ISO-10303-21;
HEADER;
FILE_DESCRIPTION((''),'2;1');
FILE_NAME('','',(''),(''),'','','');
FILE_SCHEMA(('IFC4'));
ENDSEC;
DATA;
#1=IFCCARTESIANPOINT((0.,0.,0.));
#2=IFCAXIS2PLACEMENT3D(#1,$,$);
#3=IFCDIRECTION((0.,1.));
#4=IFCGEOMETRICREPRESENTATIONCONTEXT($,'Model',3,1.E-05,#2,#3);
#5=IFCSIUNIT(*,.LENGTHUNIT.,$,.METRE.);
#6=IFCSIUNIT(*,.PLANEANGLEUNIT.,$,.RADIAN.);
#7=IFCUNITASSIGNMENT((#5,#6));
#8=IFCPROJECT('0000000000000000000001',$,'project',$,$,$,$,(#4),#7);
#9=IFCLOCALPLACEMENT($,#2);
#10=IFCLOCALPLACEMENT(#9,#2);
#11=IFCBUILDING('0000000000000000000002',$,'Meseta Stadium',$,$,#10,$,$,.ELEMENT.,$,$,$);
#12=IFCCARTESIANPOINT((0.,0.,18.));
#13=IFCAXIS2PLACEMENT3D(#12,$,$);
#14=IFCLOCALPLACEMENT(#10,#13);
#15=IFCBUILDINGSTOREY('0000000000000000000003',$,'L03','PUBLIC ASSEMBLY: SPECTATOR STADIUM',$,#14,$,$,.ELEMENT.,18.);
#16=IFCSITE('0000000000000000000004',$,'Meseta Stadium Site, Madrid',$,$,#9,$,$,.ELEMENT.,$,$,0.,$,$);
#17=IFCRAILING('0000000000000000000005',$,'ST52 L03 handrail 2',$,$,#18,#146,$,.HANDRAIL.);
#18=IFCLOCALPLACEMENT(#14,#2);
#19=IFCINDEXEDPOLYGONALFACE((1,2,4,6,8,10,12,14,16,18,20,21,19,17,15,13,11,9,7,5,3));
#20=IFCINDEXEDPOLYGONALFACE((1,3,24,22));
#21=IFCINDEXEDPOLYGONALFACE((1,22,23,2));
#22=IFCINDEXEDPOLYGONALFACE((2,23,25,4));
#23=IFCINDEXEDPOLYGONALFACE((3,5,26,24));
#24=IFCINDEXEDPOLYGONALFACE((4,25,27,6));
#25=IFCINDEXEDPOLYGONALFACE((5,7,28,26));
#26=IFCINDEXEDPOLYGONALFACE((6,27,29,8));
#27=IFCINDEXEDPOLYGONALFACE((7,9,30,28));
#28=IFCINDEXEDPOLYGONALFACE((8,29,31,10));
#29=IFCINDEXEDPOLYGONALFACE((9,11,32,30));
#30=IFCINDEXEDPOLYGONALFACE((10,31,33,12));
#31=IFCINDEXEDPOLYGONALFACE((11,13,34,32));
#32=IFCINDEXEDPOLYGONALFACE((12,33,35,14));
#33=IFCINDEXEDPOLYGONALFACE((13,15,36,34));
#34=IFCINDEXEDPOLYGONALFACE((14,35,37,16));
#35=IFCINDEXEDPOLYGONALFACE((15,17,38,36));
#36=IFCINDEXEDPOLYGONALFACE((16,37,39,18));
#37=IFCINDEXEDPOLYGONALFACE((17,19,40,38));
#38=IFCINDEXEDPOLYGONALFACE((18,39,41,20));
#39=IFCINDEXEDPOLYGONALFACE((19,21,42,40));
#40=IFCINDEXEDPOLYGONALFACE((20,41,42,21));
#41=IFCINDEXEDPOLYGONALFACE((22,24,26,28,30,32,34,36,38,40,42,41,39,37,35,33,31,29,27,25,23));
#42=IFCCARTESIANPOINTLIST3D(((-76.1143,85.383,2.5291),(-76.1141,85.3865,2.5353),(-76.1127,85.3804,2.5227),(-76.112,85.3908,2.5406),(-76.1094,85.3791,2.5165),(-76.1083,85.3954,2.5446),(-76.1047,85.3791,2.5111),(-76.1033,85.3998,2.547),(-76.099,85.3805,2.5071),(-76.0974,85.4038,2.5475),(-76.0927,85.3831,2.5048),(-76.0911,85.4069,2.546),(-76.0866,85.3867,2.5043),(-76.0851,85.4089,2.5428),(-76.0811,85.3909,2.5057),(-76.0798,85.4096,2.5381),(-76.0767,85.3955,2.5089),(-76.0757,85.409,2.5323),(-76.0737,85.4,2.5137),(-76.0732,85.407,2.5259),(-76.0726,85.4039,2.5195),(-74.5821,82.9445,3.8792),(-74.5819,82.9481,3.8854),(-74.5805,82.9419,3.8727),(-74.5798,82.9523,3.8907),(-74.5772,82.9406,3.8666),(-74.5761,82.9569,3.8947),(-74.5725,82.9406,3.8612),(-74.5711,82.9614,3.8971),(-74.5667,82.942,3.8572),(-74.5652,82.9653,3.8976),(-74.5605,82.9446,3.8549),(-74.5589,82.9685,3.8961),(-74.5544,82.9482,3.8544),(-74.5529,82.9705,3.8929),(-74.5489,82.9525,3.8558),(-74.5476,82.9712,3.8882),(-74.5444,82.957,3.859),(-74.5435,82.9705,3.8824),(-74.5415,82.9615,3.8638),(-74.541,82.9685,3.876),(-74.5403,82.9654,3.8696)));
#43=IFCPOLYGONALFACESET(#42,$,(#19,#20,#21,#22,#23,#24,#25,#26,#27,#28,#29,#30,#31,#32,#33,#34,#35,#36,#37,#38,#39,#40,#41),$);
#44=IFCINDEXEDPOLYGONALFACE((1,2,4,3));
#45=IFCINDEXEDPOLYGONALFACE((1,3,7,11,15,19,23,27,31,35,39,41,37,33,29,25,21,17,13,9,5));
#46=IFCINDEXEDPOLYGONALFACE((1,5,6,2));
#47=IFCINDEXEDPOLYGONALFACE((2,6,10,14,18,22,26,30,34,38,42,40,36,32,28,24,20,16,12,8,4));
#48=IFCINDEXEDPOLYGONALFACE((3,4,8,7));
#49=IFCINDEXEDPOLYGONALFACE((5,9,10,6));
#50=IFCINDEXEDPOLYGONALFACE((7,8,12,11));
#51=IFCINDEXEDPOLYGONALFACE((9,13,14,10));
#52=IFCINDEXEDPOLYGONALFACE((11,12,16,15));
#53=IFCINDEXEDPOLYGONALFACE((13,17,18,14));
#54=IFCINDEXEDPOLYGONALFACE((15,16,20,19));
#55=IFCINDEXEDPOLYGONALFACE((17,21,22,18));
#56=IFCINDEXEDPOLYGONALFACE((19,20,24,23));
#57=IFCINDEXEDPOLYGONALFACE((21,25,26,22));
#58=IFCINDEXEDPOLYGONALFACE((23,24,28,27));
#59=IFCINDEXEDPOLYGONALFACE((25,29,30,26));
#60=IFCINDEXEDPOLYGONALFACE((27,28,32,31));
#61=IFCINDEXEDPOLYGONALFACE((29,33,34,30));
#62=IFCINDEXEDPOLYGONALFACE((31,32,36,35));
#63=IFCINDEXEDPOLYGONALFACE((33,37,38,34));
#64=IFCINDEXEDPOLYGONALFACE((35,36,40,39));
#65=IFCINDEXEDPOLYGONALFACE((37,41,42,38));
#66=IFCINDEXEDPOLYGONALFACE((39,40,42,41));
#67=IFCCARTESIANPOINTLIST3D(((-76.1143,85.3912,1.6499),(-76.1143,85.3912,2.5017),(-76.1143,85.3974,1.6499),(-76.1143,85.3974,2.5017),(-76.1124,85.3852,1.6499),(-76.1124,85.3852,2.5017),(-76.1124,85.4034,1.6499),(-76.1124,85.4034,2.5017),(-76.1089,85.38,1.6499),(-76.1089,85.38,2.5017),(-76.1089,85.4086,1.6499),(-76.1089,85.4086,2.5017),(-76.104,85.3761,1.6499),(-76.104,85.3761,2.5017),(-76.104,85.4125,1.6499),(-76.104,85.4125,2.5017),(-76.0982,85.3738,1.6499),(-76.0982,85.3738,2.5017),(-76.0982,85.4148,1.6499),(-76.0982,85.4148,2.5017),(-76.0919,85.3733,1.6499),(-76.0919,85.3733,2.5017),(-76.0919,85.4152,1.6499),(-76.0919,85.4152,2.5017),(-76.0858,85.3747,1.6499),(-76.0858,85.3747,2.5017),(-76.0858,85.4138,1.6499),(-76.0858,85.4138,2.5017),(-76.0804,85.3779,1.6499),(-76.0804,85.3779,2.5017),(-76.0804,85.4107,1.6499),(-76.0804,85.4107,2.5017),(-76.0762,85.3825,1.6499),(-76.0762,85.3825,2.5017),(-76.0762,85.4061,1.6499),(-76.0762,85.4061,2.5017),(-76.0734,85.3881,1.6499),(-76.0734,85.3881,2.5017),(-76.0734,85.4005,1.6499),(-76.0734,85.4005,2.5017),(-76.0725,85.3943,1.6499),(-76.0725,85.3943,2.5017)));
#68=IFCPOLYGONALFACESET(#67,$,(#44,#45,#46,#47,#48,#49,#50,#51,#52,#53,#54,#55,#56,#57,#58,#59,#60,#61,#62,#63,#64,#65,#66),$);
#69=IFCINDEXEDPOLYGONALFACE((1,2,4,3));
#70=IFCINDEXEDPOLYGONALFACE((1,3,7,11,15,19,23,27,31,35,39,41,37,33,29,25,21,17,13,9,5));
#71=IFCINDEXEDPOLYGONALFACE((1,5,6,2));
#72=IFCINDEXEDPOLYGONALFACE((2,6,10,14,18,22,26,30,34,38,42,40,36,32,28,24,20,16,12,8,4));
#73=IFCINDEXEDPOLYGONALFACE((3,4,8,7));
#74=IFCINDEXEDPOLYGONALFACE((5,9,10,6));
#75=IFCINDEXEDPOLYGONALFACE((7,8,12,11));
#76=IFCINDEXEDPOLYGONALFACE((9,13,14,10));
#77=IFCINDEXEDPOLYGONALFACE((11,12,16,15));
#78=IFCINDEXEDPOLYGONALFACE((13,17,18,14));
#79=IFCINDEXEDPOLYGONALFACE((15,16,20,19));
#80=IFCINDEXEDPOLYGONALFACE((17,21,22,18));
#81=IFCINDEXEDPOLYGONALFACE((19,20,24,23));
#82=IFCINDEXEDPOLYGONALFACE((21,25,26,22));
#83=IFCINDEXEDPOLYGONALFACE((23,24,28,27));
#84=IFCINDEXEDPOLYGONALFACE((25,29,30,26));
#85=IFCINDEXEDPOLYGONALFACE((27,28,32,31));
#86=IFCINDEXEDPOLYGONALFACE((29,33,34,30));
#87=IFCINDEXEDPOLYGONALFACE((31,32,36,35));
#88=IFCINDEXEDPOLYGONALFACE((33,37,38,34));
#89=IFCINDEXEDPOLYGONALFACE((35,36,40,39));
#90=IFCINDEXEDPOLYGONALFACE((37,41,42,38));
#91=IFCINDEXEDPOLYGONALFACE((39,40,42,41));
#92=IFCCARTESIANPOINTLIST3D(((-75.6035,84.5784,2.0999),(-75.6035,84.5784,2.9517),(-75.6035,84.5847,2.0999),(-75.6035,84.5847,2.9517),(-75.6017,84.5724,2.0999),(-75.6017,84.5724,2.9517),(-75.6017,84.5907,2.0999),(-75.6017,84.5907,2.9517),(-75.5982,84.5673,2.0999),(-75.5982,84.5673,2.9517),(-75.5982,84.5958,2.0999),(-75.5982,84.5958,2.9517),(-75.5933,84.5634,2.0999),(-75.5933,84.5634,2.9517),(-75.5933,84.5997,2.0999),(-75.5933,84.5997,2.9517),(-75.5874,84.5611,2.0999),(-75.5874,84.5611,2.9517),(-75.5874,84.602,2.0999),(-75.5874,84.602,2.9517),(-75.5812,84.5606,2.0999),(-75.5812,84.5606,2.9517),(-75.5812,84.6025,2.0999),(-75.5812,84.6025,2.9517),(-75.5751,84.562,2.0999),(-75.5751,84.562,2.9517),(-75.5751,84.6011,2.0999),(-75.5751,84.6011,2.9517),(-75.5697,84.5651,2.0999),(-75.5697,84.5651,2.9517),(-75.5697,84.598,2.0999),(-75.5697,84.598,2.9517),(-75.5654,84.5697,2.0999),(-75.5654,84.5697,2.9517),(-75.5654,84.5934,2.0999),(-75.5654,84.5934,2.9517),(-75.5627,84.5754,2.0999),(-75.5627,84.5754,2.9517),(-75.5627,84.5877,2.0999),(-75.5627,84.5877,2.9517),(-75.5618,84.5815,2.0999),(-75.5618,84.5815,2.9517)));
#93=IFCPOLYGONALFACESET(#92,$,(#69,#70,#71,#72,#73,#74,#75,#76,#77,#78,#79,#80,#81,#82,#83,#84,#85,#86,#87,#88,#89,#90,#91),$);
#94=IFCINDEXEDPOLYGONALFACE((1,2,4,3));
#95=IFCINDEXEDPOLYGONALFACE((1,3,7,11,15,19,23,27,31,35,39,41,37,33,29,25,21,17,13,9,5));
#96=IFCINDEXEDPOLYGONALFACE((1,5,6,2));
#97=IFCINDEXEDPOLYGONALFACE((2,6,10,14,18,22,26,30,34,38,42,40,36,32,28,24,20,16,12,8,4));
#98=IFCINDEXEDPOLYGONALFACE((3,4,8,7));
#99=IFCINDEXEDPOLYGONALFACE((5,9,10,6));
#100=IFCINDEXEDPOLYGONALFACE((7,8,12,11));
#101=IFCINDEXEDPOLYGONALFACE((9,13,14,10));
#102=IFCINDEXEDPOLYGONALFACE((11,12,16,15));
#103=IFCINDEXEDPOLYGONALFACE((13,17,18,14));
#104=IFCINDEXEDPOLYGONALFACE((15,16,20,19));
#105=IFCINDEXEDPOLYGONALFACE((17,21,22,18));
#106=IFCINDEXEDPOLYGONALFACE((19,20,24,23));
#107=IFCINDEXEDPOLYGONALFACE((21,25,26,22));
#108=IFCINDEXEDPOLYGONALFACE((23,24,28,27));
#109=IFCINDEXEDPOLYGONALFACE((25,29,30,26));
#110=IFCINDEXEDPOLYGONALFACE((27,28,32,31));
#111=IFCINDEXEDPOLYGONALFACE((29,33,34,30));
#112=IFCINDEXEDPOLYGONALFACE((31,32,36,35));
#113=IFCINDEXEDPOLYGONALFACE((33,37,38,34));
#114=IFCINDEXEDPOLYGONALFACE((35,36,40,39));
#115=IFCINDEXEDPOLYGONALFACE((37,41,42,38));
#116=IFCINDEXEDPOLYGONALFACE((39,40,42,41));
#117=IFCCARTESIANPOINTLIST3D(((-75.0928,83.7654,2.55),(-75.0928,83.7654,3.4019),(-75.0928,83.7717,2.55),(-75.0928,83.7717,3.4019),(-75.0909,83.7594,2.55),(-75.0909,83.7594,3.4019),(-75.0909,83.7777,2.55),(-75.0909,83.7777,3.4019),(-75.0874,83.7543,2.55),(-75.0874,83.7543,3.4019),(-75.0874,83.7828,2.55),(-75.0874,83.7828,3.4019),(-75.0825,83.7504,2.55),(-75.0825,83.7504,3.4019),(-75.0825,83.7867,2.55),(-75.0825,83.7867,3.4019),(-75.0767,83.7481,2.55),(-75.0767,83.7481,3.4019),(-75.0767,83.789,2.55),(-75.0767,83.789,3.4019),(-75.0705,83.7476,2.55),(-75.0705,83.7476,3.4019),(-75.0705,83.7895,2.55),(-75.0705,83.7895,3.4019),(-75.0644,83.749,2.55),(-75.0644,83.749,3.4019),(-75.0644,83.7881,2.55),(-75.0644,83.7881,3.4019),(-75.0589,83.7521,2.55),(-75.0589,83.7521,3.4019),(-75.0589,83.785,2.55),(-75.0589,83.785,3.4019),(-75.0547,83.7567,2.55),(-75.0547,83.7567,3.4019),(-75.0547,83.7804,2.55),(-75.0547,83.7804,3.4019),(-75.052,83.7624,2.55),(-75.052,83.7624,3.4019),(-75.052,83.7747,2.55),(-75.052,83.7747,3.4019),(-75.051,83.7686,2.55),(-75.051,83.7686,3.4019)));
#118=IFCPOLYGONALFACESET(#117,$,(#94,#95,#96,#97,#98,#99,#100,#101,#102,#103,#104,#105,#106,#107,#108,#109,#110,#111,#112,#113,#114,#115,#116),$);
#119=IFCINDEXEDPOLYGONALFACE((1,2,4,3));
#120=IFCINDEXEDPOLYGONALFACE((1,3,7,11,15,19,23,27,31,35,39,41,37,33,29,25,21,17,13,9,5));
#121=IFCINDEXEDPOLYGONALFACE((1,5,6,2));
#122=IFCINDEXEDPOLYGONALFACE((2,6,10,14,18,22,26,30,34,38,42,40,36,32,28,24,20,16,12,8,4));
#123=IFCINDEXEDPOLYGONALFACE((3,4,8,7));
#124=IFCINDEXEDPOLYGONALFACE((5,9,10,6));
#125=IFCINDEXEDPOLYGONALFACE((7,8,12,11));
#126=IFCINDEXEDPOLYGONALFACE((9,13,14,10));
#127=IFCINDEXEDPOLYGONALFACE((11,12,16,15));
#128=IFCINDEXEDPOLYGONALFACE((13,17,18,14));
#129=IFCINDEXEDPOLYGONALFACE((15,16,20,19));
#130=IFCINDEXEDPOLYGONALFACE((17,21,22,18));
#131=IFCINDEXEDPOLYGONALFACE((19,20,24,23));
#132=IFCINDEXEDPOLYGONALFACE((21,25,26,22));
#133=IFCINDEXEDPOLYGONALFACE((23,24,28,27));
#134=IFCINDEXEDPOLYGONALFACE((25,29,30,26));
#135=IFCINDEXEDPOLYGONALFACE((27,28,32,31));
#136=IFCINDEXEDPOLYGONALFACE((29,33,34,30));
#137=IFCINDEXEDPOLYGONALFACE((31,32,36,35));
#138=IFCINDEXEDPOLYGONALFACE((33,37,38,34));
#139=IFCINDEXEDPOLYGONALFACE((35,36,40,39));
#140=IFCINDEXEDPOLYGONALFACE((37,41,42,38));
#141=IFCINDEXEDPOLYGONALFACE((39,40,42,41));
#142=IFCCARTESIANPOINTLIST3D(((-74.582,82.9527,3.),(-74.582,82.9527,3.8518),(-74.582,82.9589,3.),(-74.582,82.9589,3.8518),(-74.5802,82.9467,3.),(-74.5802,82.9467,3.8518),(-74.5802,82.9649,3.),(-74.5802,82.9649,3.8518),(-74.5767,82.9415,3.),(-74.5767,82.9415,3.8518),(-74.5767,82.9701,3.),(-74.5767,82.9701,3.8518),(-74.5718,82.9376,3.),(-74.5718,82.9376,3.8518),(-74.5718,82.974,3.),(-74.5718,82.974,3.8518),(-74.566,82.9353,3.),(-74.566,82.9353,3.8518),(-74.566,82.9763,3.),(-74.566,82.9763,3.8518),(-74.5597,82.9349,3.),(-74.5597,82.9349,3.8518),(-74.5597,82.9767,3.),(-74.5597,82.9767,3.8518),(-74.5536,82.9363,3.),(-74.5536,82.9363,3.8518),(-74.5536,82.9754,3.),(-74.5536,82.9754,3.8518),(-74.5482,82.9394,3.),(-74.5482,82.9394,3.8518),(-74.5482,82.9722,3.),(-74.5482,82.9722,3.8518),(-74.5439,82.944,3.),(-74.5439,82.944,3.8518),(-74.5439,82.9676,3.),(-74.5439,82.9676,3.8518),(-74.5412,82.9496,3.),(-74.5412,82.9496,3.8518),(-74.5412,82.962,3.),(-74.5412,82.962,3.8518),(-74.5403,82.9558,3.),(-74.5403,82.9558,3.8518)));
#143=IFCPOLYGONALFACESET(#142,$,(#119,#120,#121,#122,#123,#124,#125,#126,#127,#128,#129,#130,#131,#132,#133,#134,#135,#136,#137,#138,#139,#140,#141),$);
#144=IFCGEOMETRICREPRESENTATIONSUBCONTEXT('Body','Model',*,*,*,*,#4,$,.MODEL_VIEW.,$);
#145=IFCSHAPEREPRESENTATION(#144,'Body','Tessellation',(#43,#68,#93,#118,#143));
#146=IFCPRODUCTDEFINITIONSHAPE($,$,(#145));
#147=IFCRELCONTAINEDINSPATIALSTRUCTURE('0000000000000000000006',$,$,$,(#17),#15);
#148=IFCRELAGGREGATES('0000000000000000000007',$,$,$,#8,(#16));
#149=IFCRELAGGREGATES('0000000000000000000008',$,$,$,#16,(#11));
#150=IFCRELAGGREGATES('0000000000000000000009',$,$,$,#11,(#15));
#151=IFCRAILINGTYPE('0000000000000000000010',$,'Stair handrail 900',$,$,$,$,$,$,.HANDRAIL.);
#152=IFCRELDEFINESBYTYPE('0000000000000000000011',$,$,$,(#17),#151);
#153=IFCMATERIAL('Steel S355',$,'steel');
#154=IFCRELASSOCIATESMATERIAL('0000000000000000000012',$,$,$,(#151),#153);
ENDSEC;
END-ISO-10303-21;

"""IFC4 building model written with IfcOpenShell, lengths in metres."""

from ifc_helpers import new_model, si_unit, direction, frame, origin, origin_2d, place, context, subcontext, project, spatial, circle, extrude, material, type_object, element, save


model = new_model("IFC4")

# Units and contexts
model_context = context("Model", 3, precision=1e-05, world=origin(), true_north=direction((0.0, 1.0)))
body_context = subcontext(model_context, "Body", "Model", "MODEL_VIEW")
ifc_project = project(units=[si_unit("LENGTHUNIT", "METRE"), si_unit("PLANEANGLEUNIT", "RADIAN")], contexts=[model_context])

# Site, building, storey
site_placement = place(None, origin())
site = spatial("IfcSite", under=ifc_project, at=site_placement, Name="Meseta Stadium Site, Madrid", CompositionType="ELEMENT", RefElevation=0.0)
building_placement = place(site_placement, origin())
building = spatial("IfcBuilding", under=site, at=building_placement, Name="Meseta Stadium", CompositionType="ELEMENT")
storey_placement = place(building_placement, frame((0.0, 0.0, 18.0)))
storey = spatial("IfcBuildingStorey", under=building, at=storey_placement, Name="L03", Description="PUBLIC ASSEMBLY: SPECTATOR STADIUM", CompositionType="ELEMENT", Elevation=18.0)

# Railing
ifc_material_1 = material(Name="Steel S355", Category="steel")
railing_type_1 = type_object("IfcRailingType", Name="Stair handrail 900", PredefinedType="HANDRAIL", material=ifc_material_1)
for number, where, name in (
    (1, (-76.0935, 85.3943, 1.6499), "ST52 L03 handrail 2"),
):
    element("IfcRailing", number, at=place(storey_placement, frame(where)), inside=storey, type_object=railing_type_1, Name=name, PredefinedType="HANDRAIL", context=body_context, shape_type="SweptSolid", body=[
        extrude(circle(Radius=0.0239, at=origin_2d()), frame((0.0, 0.0, 0.876), z_axis=(0.481731, -0.766655, 0.42447), x_axis=(0.846719, 0.53204, 0.0)), (0.0, 0.0, 1.0), 3.1807),
        extrude(circle(Radius=0.021, at=origin_2d()), origin(), (0.0, 0.0, 1.0), 0.8518),
        extrude(circle(Radius=0.021, at=origin_2d()), frame((0.5107, -0.8127, 0.45)), (0.0, 0.0, 1.0), 0.8518),
        extrude(circle(Radius=0.021, at=origin_2d()), frame((1.0215, -1.6257, 0.9001)), (0.0, 0.0, 1.0), 0.8518),
        extrude(circle(Radius=0.021, at=origin_2d()), frame((1.5322, -2.4385, 1.3501)), (0.0, 0.0, 1.0), 0.8518),
    ])

save(model, "model.ifc")
